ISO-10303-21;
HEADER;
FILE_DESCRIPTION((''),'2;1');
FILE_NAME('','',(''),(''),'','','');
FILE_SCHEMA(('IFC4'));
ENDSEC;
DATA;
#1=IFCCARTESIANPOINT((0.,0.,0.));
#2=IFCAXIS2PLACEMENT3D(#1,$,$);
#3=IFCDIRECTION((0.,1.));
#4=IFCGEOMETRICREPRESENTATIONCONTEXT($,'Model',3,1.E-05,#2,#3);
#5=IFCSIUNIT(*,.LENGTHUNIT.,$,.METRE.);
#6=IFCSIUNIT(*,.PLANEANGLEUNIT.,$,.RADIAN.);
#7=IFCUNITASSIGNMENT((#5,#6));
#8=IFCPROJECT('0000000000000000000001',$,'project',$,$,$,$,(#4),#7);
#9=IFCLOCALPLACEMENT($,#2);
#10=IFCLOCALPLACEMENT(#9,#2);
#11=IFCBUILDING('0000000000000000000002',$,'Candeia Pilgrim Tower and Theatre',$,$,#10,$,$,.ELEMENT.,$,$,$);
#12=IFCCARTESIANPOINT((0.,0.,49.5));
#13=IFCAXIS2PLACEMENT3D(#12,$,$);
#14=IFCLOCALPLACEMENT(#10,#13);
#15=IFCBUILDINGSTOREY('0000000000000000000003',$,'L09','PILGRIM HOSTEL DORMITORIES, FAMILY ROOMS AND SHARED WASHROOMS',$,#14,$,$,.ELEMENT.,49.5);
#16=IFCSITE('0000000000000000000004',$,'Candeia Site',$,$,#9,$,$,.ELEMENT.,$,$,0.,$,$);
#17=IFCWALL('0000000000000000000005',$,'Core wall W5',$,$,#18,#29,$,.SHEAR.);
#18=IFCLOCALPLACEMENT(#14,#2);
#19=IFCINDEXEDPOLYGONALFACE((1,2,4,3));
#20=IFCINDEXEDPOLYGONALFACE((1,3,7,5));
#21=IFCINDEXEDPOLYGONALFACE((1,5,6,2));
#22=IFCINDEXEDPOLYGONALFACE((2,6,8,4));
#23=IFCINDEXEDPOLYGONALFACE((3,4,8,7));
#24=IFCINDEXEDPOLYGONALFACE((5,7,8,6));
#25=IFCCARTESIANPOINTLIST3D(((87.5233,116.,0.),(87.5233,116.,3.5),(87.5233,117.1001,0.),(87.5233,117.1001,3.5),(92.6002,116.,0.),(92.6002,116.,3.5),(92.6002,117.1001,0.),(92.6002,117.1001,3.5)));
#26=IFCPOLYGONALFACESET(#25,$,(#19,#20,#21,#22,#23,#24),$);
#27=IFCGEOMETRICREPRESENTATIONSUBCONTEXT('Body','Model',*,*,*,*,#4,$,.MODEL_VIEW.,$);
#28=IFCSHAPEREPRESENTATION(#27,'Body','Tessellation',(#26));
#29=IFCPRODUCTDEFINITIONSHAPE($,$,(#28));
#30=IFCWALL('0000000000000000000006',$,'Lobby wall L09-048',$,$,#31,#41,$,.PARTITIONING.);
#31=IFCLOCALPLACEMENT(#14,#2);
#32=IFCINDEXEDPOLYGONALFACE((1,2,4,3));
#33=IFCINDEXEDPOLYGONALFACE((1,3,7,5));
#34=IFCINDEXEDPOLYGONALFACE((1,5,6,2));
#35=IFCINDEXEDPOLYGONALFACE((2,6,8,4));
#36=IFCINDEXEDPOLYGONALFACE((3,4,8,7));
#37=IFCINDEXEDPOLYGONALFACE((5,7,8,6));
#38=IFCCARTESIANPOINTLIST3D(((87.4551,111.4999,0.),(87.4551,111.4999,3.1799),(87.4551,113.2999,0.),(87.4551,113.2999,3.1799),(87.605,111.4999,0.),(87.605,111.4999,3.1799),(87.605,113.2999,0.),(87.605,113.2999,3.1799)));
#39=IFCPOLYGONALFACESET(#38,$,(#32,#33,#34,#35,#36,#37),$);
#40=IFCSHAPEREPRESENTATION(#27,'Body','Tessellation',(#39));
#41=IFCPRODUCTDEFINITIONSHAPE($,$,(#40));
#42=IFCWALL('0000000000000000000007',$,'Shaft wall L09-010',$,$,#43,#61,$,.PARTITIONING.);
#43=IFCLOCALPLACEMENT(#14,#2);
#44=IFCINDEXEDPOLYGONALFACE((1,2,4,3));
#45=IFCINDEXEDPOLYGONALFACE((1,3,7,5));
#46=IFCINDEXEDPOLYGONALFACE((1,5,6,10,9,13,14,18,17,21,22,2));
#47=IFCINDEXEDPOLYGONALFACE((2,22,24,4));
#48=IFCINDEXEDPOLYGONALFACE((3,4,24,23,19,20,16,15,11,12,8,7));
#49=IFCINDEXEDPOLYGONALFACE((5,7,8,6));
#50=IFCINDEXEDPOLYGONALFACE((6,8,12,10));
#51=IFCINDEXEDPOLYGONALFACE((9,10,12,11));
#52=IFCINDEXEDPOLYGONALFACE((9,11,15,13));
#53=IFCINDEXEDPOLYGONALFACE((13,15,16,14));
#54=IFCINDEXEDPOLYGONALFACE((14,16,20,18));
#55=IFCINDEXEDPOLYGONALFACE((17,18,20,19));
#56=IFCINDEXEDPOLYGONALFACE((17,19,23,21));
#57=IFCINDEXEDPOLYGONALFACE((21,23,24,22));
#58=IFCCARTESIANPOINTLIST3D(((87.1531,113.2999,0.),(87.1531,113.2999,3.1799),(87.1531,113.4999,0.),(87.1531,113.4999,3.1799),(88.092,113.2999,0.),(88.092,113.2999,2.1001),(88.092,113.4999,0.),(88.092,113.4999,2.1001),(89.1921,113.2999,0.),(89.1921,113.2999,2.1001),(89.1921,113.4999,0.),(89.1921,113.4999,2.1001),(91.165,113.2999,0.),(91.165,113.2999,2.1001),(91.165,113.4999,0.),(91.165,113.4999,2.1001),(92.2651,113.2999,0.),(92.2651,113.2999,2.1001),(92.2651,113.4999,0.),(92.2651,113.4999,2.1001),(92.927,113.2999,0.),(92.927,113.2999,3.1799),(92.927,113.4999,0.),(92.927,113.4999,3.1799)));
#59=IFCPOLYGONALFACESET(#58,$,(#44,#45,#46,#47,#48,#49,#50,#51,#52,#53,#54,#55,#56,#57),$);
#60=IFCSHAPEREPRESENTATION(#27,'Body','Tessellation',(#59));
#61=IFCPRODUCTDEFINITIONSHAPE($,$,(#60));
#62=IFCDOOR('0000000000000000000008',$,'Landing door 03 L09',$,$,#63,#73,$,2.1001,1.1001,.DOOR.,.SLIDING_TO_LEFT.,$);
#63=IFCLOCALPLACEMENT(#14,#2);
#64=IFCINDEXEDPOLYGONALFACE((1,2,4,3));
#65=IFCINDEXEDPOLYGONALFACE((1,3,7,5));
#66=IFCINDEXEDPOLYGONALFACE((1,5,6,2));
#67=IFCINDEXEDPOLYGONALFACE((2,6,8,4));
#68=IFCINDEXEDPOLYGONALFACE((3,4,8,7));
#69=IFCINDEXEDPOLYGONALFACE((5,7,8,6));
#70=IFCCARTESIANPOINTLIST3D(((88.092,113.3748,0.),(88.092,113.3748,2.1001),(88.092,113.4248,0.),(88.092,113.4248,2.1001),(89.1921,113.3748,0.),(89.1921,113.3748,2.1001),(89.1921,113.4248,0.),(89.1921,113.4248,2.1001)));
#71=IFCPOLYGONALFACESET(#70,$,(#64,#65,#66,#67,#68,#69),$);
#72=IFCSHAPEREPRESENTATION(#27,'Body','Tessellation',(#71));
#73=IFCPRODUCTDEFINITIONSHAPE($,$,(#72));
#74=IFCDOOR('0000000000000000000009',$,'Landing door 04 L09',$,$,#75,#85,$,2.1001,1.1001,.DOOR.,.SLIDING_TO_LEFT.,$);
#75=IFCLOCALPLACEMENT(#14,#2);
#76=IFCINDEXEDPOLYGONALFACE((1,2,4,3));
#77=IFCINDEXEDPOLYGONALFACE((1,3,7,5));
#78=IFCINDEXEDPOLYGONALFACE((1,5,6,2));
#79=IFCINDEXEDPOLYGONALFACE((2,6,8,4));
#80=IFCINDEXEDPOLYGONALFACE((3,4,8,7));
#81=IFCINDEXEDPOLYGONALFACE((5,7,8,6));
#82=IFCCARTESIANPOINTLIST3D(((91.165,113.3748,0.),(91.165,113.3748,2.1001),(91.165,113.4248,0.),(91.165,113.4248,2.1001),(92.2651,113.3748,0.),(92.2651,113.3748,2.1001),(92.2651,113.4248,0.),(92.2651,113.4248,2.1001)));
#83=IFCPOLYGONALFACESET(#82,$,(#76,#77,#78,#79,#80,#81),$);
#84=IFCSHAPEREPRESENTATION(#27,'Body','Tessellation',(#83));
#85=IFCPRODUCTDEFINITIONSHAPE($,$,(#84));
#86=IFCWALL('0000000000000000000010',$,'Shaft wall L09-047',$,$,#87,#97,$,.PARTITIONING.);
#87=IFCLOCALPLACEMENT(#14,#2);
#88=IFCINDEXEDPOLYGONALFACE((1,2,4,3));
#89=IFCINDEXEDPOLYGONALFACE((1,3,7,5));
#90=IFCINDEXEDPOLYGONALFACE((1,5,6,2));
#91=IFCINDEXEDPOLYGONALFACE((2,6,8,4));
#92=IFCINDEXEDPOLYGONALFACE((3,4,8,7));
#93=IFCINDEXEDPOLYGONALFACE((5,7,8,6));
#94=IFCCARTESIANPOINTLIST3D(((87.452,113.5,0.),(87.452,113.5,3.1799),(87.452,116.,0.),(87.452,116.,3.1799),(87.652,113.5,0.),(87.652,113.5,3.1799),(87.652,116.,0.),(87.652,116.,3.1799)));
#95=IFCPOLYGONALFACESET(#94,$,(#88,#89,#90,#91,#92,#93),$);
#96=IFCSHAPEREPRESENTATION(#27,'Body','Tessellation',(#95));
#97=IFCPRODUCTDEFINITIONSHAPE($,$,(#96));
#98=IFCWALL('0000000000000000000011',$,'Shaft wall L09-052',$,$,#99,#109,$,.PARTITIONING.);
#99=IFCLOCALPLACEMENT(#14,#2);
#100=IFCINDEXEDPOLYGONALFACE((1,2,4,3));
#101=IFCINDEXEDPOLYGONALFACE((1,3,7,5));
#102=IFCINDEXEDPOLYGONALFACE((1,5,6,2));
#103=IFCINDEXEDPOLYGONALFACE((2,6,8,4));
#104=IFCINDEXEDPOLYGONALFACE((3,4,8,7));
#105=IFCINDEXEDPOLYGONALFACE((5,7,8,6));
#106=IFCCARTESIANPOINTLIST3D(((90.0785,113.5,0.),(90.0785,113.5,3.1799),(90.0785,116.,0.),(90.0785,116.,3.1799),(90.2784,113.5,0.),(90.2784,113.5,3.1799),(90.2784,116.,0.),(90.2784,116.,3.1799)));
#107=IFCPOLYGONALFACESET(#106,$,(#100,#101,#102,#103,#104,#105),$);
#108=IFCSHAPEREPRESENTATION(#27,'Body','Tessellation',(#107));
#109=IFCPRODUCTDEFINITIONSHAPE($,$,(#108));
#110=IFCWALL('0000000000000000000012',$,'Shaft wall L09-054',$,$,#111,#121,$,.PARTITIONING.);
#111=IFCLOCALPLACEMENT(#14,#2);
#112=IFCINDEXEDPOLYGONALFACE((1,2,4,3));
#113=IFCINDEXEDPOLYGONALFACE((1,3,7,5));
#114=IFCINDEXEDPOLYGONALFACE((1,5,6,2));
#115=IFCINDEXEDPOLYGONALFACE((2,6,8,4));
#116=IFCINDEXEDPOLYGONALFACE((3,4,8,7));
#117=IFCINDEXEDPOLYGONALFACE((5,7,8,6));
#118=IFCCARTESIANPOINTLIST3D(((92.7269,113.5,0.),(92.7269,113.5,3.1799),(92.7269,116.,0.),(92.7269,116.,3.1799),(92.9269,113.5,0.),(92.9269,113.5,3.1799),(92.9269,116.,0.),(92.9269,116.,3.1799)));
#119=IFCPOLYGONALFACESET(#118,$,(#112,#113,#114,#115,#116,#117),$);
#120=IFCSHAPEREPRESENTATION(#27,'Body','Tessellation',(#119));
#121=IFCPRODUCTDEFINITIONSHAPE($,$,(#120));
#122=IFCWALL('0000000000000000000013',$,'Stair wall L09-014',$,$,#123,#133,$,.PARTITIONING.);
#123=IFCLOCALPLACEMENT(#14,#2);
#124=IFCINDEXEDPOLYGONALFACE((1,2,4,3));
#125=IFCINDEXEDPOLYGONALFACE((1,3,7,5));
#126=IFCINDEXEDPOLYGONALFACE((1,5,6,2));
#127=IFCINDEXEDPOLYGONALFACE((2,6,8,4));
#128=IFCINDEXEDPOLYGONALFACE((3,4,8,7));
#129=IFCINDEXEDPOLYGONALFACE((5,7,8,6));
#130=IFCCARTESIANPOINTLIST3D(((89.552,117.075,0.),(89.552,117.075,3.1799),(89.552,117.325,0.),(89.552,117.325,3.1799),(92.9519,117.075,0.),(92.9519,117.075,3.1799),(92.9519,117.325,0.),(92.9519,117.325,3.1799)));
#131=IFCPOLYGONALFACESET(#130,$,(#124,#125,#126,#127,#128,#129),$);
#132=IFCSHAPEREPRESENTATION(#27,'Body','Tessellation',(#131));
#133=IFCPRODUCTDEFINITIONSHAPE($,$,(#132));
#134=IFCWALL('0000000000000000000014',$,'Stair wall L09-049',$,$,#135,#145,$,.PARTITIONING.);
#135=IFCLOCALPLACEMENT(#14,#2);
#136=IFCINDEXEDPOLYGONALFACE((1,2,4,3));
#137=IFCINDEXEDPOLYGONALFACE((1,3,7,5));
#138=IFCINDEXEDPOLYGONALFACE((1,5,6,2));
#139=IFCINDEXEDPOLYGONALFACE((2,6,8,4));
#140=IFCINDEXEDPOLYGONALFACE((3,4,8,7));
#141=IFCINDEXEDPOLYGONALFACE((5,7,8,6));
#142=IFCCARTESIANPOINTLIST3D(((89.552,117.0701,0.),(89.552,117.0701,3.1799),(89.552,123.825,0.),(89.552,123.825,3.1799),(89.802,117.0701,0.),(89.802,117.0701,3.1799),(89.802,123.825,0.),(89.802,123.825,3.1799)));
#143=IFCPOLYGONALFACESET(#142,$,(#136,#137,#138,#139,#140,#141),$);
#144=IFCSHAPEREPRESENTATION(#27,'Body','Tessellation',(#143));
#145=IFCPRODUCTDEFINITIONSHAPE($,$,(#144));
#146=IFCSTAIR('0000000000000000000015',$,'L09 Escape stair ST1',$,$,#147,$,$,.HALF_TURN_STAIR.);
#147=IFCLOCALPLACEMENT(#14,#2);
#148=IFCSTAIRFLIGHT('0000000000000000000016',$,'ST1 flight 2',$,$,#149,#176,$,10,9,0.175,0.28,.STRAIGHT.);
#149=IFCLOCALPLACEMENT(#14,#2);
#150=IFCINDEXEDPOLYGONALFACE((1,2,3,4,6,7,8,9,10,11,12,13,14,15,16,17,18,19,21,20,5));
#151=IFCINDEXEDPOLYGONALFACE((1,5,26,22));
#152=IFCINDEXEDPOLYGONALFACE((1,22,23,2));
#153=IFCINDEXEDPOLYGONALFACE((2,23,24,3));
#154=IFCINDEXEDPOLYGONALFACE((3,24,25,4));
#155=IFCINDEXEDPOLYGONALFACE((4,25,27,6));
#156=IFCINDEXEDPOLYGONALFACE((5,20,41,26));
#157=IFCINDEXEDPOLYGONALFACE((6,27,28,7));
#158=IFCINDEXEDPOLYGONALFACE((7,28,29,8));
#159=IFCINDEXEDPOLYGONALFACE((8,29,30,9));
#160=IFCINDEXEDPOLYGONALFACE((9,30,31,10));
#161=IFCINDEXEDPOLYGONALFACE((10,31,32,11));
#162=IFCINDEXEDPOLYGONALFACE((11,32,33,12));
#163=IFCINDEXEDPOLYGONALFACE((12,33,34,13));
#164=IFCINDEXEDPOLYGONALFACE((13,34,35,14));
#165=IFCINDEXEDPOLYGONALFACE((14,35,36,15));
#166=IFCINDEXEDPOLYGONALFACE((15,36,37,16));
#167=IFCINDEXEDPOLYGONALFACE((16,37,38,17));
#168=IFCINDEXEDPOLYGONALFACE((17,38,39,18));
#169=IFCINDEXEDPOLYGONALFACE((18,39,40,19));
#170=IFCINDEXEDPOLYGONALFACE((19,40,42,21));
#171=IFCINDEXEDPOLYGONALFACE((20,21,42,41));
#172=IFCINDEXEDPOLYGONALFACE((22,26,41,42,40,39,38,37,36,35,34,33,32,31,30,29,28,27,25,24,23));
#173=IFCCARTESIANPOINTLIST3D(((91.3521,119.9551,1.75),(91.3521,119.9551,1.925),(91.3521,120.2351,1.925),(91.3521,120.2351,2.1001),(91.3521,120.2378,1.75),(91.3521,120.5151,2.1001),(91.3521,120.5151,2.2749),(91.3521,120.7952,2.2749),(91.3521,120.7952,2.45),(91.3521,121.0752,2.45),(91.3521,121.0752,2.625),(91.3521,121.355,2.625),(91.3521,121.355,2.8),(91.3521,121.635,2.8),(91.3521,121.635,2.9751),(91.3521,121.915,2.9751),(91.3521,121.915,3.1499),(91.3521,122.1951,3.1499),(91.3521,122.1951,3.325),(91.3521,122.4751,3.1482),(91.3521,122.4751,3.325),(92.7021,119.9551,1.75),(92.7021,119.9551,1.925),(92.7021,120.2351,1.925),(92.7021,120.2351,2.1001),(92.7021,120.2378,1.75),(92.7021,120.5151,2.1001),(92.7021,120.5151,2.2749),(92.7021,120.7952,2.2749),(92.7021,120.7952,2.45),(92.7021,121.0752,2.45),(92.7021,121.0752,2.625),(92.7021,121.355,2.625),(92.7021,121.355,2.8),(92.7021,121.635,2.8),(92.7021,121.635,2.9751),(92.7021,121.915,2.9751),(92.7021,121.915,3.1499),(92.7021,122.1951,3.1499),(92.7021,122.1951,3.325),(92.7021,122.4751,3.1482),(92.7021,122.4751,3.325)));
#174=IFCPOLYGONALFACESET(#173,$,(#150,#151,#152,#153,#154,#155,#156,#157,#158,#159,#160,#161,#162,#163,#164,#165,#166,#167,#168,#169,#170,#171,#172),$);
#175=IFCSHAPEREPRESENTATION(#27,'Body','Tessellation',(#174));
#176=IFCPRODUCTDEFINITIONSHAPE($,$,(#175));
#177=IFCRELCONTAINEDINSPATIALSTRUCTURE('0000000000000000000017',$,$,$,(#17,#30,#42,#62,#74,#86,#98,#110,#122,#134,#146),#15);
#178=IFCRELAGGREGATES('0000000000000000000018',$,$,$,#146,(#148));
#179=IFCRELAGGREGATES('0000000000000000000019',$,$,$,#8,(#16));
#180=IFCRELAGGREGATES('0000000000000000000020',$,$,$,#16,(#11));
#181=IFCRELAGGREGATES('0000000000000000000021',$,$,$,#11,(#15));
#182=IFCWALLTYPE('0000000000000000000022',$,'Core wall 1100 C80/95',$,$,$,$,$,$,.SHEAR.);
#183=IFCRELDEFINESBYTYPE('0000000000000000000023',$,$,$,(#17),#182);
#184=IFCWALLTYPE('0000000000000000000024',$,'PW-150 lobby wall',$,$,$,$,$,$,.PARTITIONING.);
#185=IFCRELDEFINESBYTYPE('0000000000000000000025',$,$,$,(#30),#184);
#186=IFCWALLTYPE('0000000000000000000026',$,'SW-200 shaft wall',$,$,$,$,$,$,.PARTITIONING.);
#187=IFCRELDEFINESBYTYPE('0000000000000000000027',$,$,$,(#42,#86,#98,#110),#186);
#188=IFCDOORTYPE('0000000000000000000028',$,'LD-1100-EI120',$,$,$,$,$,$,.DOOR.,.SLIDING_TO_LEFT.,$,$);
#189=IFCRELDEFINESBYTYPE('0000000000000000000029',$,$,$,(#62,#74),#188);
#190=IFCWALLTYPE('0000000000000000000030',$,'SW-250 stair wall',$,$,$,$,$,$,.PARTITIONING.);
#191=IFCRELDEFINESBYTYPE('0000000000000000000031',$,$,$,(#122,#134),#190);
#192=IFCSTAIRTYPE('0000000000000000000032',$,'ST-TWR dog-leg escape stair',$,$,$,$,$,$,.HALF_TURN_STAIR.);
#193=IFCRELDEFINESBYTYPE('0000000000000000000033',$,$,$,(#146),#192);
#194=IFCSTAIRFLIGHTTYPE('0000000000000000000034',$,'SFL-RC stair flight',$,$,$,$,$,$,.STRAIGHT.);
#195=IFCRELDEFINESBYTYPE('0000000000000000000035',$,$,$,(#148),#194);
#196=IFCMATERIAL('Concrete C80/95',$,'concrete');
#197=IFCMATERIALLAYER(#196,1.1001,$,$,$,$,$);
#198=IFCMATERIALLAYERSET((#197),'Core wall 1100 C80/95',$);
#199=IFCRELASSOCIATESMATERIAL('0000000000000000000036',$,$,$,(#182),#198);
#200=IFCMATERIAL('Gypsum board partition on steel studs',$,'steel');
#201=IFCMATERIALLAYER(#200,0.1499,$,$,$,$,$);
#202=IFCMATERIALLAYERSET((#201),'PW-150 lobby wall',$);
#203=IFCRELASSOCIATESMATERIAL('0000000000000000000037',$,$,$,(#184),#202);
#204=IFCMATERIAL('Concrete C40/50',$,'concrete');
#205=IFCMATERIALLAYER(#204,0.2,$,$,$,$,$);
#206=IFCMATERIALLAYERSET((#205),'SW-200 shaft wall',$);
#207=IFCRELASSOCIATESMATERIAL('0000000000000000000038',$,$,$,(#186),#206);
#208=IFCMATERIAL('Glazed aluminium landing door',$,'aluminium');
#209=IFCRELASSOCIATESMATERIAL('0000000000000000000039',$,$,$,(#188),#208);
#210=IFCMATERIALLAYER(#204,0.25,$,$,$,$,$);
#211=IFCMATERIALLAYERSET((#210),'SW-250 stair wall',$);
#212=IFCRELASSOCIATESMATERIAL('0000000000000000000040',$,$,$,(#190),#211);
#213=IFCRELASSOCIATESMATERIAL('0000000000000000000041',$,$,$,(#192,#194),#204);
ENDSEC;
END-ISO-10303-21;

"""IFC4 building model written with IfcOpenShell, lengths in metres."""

from ifc_helpers import new_model, si_unit, direction, frame, frame_2d, origin, place, context, subcontext, project, spatial, polyline, rectangle, outline, extrude, material, layer, layer_set, type_object, element, fill, aggregate, save


model = new_model("IFC4")

# Units and contexts
model_context = context("Model", 3, precision=1e-05, world=origin(), true_north=direction((0.0, 1.0)))
body_context = subcontext(model_context, "Body", "Model", "MODEL_VIEW")
ifc_project = project(units=[si_unit("LENGTHUNIT", "METRE"), si_unit("PLANEANGLEUNIT", "RADIAN")], contexts=[model_context])

# Site, building, storey
site_placement = place(None, origin())
site = spatial("IfcSite", under=ifc_project, at=site_placement, Name="Candeia Site", CompositionType="ELEMENT", RefElevation=0.0)
building_placement = place(site_placement, origin())
building = spatial("IfcBuilding", under=site, at=building_placement, Name="Candeia Pilgrim Tower and Theatre", CompositionType="ELEMENT")
storey_placement = place(building_placement, frame((0.0, 0.0, 49.5)))
storey = spatial("IfcBuildingStorey", under=building, at=storey_placement, Name="L09", Description="PILGRIM HOSTEL DORMITORIES, FAMILY ROOMS AND SHARED WASHROOMS", CompositionType="ELEMENT", Elevation=49.5)

# Walls
ifc_material_1 = material(Name="Concrete C80/95", Category="concrete")
ifc_layer_1 = layer(ifc_material_1, 1.1001)
ifc_layer_set_1 = layer_set([ifc_layer_1], Name="Core wall 1100 C80/95")
wall_type_1 = type_object("IfcWallType", Name="Core wall 1100 C80/95", PredefinedType="SHEAR", material=ifc_layer_set_1)
wall_1_placement = place(storey_placement, frame((87.5232, 116.55, 0.0), z_axis=(0.0, 0.0, 1.0), x_axis=(1.0, 0.0, 0.0)))
element("IfcWall", 1, at=wall_1_placement, inside=storey, type_object=wall_type_1, Name="Core wall W5", PredefinedType="SHEAR", context=body_context, shape_type="SweptSolid", body=[
    extrude(rectangle(XDim=5.0769, YDim=1.1001, at=frame_2d((2.5386, 0.0))), origin(), (0.0, 0.0, 1.0), 3.5),
])
ifc_material_2 = material(Name="Gypsum board partition on steel studs", Category="steel")
ifc_layer_2 = layer(ifc_material_2, 0.1499)
ifc_layer_set_2 = layer_set([ifc_layer_2], Name="PW-150 lobby wall")
wall_type_2 = type_object("IfcWallType", Name="PW-150 lobby wall", PredefinedType="PARTITIONING", material=ifc_layer_set_2)
wall_2_placement = place(storey_placement, frame((87.53, 111.5, 0.0), z_axis=(0.0, 0.0, 1.0), x_axis=(0.0, 1.0, 0.0)))
element("IfcWall", 2, at=wall_2_placement, inside=storey, type_object=wall_type_2, Name="Lobby wall L09-048", PredefinedType="PARTITIONING", context=body_context, shape_type="SweptSolid", body=[
    extrude(rectangle(XDim=1.8, YDim=0.1499, at=frame_2d((0.8999, 0.0))), origin(), (0.0, 0.0, 1.0), 3.1799),
])

# Wall, openings, doors
ifc_material_3 = material(Name="Concrete C40/50", Category="concrete")
ifc_layer_3 = layer(ifc_material_3, 0.2)
ifc_layer_set_3 = layer_set([ifc_layer_3], Name="SW-200 shaft wall")
wall_type_3 = type_object("IfcWallType", Name="SW-200 shaft wall", PredefinedType="PARTITIONING", material=ifc_layer_set_3)
wall_3_placement = place(storey_placement, frame((87.1531, 113.3999, 0.0), z_axis=(0.0, 0.0, 1.0), x_axis=(1.0, 0.0, 0.0)))
wall_3 = element("IfcWall", 3, at=wall_3_placement, inside=storey, type_object=wall_type_3, Name="Shaft wall L09-010", PredefinedType="PARTITIONING", context=body_context, shape_type="SweptSolid", body=[
    extrude(rectangle(XDim=5.7739, YDim=0.2, at=frame_2d((2.887, 0.0))), origin(), (0.0, 0.0, 1.0), 3.1799),
])
opening_1_placement = place(wall_3_placement, frame((0.939, 0.0, 0.0)))
opening_1 = element("IfcOpeningElement", 4, at=opening_1_placement, cuts=wall_3, PredefinedType="OPENING", context=body_context, shape_type="SweptSolid", body=[
    extrude(rectangle(XDim=1.1001, YDim=2.1001, at=frame_2d((0.55, 1.05))), frame((0.0, 0.1099, 0.0), z_axis=(0.0, -1.0, 0.0), x_axis=(1.0, 0.0, 0.0)), (0.0, 0.0, 1.0), 0.22),
])
opening_2_placement = place(wall_3_placement, frame((4.012, 0.0, 0.0)))
opening_2 = element("IfcOpeningElement", 5, at=opening_2_placement, cuts=wall_3, PredefinedType="OPENING", context=body_context, shape_type="SweptSolid", body=[
    extrude(rectangle(XDim=1.1001, YDim=2.1001, at=frame_2d((0.55, 1.05))), frame((0.0, 0.1099, 0.0), z_axis=(0.0, -1.0, 0.0), x_axis=(1.0, 0.0, 0.0)), (0.0, 0.0, 1.0), 0.22),
])
ifc_material_4 = material(Name="Glazed aluminium landing door", Category="aluminium")
door_type = type_object("IfcDoorType", Name="LD-1100-EI120", OperationType="SLIDING_TO_LEFT", PredefinedType="DOOR", material=ifc_material_4)
door_1_placement = place(opening_1_placement, origin())
door_1 = element("IfcDoor", 6, at=door_1_placement, inside=storey, type_object=door_type, Name="Landing door 03 L09", OperationType="SLIDING_TO_LEFT", OverallHeight=2.1001, OverallWidth=1.1001, PredefinedType="DOOR", context=body_context, shape_type="SweptSolid", body=[
    extrude(rectangle(XDim=1.1001, YDim=2.1001, at=frame_2d((0.55, 1.05))), frame((0.0, 0.0249, 0.0), z_axis=(0.0, -1.0, 0.0), x_axis=(1.0, 0.0, 0.0)), (0.0, 0.0, 1.0), 0.05),
])
fill(opening_1, door_1)
door_2_placement = place(opening_2_placement, origin())
door_2 = element("IfcDoor", 7, at=door_2_placement, inside=storey, type_object=door_type, Name="Landing door 04 L09", OperationType="SLIDING_TO_LEFT", OverallHeight=2.1001, OverallWidth=1.1001, PredefinedType="DOOR", context=body_context, shape_type="SweptSolid", body=[
    extrude(rectangle(XDim=1.1001, YDim=2.1001, at=frame_2d((0.55, 1.05))), frame((0.0, 0.0249, 0.0), z_axis=(0.0, -1.0, 0.0), x_axis=(1.0, 0.0, 0.0)), (0.0, 0.0, 1.0), 0.05),
])
fill(opening_2, door_2)

# Walls
for number, where, z_axis, x_axis, name in (
    (8, (87.552, 113.5, 0.0), (0.0, 0.0, 1.0), (0.0, 1.0, 0.0), "Shaft wall L09-047"),
    (9, (90.1785, 113.5, 0.0), (0.0, 0.0, 1.0), (0.0, 1.0, 0.0), "Shaft wall L09-052"),
    (10, (92.8269, 113.5, 0.0), (0.0, 0.0, 1.0), (0.0, 1.0, 0.0), "Shaft wall L09-054"),
):
    element("IfcWall", number, at=place(storey_placement, frame(where, z_axis=z_axis, x_axis=x_axis)), inside=storey, type_object=wall_type_3, Name=name, PredefinedType="PARTITIONING", context=body_context, shape_type="SweptSolid", body=[
        extrude(rectangle(XDim=2.5, YDim=0.2, at=frame_2d((1.25, 0.0))), origin(), (0.0, 0.0, 1.0), 3.1799),
    ])
ifc_layer_4 = layer(ifc_material_3, 0.25)
ifc_layer_set_4 = layer_set([ifc_layer_4], Name="SW-250 stair wall")
wall_type_4 = type_object("IfcWallType", Name="SW-250 stair wall", PredefinedType="PARTITIONING", material=ifc_layer_set_4)
wall_4_placement = place(storey_placement, frame((89.552, 117.2, 0.0), z_axis=(0.0, 0.0, 1.0), x_axis=(1.0, 0.0, 0.0)))
element("IfcWall", 11, at=wall_4_placement, inside=storey, type_object=wall_type_4, Name="Stair wall L09-014", PredefinedType="PARTITIONING", context=body_context, shape_type="SweptSolid", body=[
    extrude(rectangle(XDim=3.3999, YDim=0.25, at=frame_2d((1.7, 0.0))), origin(), (0.0, 0.0, 1.0), 3.1799),
])
wall_5_placement = place(storey_placement, frame((89.677, 117.0701, 0.0), z_axis=(0.0, 0.0, 1.0), x_axis=(0.0, 1.0, 0.0)))
element("IfcWall", 12, at=wall_5_placement, inside=storey, type_object=wall_type_4, Name="Stair wall L09-049", PredefinedType="PARTITIONING", context=body_context, shape_type="SweptSolid", body=[
    extrude(rectangle(XDim=6.7549, YDim=0.25, at=frame_2d((3.3774, 0.0))), origin(), (0.0, 0.0, 1.0), 3.1799),
])

# Stair, stair flight
stair_type = type_object("IfcStairType", Name="ST-TWR dog-leg escape stair", PredefinedType="HALF_TURN_STAIR", material=ifc_material_3)
stair_placement = place(storey_placement, origin())
stair = element("IfcStair", 13, at=stair_placement, inside=storey, type_object=stair_type, Name="L09 Escape stair ST1", PredefinedType="HALF_TURN_STAIR")
stair_flight_type = type_object("IfcStairFlightType", Name="SFL-RC stair flight", PredefinedType="STRAIGHT", material=ifc_material_3)
stair_flight_placement = place(storey_placement, frame((92.0271, 119.9551, 1.75), z_axis=(0.0, 0.0, 1.0), x_axis=(0.0, 1.0, 0.0)))
stair_flight = element("IfcStairFlight", 14, at=stair_flight_placement, type_object=stair_flight_type, Name="ST1 flight 2", NumberOfRisers=10, NumberOfTreads=9, PredefinedType="STRAIGHT", RiserHeight=0.175, TreadLength=0.28, context=body_context, shape_type="SweptSolid", body=[
    extrude(outline(polyline([(0.0, 0.0), (0.0, 0.175), (0.28, 0.175), (0.28, 0.3501), (0.5601, 0.3501), (0.5601, 0.5249), (0.8401, 0.5249), (0.8401, 0.7), (1.1201, 0.7), (1.1201, 0.875), (1.3999, 0.875), (1.3999, 1.05), (1.6799, 1.05), (1.6799, 1.2251), (1.96, 1.2251), (1.96, 1.3999), (2.24, 1.3999), (2.24, 1.575), (2.52, 1.575), (2.52, 1.75), (2.52, 1.3982), (0.2827, 0.0), (0.0, 0.0)])), frame((0.0, 0.675, 0.0), z_axis=(0.0, -1.0, 0.0), x_axis=(1.0, 0.0, 0.0)), (0.0, 0.0, 1.0), 1.3501),
])
aggregate(stair, [stair_flight])

save(model, "model.ifc")
